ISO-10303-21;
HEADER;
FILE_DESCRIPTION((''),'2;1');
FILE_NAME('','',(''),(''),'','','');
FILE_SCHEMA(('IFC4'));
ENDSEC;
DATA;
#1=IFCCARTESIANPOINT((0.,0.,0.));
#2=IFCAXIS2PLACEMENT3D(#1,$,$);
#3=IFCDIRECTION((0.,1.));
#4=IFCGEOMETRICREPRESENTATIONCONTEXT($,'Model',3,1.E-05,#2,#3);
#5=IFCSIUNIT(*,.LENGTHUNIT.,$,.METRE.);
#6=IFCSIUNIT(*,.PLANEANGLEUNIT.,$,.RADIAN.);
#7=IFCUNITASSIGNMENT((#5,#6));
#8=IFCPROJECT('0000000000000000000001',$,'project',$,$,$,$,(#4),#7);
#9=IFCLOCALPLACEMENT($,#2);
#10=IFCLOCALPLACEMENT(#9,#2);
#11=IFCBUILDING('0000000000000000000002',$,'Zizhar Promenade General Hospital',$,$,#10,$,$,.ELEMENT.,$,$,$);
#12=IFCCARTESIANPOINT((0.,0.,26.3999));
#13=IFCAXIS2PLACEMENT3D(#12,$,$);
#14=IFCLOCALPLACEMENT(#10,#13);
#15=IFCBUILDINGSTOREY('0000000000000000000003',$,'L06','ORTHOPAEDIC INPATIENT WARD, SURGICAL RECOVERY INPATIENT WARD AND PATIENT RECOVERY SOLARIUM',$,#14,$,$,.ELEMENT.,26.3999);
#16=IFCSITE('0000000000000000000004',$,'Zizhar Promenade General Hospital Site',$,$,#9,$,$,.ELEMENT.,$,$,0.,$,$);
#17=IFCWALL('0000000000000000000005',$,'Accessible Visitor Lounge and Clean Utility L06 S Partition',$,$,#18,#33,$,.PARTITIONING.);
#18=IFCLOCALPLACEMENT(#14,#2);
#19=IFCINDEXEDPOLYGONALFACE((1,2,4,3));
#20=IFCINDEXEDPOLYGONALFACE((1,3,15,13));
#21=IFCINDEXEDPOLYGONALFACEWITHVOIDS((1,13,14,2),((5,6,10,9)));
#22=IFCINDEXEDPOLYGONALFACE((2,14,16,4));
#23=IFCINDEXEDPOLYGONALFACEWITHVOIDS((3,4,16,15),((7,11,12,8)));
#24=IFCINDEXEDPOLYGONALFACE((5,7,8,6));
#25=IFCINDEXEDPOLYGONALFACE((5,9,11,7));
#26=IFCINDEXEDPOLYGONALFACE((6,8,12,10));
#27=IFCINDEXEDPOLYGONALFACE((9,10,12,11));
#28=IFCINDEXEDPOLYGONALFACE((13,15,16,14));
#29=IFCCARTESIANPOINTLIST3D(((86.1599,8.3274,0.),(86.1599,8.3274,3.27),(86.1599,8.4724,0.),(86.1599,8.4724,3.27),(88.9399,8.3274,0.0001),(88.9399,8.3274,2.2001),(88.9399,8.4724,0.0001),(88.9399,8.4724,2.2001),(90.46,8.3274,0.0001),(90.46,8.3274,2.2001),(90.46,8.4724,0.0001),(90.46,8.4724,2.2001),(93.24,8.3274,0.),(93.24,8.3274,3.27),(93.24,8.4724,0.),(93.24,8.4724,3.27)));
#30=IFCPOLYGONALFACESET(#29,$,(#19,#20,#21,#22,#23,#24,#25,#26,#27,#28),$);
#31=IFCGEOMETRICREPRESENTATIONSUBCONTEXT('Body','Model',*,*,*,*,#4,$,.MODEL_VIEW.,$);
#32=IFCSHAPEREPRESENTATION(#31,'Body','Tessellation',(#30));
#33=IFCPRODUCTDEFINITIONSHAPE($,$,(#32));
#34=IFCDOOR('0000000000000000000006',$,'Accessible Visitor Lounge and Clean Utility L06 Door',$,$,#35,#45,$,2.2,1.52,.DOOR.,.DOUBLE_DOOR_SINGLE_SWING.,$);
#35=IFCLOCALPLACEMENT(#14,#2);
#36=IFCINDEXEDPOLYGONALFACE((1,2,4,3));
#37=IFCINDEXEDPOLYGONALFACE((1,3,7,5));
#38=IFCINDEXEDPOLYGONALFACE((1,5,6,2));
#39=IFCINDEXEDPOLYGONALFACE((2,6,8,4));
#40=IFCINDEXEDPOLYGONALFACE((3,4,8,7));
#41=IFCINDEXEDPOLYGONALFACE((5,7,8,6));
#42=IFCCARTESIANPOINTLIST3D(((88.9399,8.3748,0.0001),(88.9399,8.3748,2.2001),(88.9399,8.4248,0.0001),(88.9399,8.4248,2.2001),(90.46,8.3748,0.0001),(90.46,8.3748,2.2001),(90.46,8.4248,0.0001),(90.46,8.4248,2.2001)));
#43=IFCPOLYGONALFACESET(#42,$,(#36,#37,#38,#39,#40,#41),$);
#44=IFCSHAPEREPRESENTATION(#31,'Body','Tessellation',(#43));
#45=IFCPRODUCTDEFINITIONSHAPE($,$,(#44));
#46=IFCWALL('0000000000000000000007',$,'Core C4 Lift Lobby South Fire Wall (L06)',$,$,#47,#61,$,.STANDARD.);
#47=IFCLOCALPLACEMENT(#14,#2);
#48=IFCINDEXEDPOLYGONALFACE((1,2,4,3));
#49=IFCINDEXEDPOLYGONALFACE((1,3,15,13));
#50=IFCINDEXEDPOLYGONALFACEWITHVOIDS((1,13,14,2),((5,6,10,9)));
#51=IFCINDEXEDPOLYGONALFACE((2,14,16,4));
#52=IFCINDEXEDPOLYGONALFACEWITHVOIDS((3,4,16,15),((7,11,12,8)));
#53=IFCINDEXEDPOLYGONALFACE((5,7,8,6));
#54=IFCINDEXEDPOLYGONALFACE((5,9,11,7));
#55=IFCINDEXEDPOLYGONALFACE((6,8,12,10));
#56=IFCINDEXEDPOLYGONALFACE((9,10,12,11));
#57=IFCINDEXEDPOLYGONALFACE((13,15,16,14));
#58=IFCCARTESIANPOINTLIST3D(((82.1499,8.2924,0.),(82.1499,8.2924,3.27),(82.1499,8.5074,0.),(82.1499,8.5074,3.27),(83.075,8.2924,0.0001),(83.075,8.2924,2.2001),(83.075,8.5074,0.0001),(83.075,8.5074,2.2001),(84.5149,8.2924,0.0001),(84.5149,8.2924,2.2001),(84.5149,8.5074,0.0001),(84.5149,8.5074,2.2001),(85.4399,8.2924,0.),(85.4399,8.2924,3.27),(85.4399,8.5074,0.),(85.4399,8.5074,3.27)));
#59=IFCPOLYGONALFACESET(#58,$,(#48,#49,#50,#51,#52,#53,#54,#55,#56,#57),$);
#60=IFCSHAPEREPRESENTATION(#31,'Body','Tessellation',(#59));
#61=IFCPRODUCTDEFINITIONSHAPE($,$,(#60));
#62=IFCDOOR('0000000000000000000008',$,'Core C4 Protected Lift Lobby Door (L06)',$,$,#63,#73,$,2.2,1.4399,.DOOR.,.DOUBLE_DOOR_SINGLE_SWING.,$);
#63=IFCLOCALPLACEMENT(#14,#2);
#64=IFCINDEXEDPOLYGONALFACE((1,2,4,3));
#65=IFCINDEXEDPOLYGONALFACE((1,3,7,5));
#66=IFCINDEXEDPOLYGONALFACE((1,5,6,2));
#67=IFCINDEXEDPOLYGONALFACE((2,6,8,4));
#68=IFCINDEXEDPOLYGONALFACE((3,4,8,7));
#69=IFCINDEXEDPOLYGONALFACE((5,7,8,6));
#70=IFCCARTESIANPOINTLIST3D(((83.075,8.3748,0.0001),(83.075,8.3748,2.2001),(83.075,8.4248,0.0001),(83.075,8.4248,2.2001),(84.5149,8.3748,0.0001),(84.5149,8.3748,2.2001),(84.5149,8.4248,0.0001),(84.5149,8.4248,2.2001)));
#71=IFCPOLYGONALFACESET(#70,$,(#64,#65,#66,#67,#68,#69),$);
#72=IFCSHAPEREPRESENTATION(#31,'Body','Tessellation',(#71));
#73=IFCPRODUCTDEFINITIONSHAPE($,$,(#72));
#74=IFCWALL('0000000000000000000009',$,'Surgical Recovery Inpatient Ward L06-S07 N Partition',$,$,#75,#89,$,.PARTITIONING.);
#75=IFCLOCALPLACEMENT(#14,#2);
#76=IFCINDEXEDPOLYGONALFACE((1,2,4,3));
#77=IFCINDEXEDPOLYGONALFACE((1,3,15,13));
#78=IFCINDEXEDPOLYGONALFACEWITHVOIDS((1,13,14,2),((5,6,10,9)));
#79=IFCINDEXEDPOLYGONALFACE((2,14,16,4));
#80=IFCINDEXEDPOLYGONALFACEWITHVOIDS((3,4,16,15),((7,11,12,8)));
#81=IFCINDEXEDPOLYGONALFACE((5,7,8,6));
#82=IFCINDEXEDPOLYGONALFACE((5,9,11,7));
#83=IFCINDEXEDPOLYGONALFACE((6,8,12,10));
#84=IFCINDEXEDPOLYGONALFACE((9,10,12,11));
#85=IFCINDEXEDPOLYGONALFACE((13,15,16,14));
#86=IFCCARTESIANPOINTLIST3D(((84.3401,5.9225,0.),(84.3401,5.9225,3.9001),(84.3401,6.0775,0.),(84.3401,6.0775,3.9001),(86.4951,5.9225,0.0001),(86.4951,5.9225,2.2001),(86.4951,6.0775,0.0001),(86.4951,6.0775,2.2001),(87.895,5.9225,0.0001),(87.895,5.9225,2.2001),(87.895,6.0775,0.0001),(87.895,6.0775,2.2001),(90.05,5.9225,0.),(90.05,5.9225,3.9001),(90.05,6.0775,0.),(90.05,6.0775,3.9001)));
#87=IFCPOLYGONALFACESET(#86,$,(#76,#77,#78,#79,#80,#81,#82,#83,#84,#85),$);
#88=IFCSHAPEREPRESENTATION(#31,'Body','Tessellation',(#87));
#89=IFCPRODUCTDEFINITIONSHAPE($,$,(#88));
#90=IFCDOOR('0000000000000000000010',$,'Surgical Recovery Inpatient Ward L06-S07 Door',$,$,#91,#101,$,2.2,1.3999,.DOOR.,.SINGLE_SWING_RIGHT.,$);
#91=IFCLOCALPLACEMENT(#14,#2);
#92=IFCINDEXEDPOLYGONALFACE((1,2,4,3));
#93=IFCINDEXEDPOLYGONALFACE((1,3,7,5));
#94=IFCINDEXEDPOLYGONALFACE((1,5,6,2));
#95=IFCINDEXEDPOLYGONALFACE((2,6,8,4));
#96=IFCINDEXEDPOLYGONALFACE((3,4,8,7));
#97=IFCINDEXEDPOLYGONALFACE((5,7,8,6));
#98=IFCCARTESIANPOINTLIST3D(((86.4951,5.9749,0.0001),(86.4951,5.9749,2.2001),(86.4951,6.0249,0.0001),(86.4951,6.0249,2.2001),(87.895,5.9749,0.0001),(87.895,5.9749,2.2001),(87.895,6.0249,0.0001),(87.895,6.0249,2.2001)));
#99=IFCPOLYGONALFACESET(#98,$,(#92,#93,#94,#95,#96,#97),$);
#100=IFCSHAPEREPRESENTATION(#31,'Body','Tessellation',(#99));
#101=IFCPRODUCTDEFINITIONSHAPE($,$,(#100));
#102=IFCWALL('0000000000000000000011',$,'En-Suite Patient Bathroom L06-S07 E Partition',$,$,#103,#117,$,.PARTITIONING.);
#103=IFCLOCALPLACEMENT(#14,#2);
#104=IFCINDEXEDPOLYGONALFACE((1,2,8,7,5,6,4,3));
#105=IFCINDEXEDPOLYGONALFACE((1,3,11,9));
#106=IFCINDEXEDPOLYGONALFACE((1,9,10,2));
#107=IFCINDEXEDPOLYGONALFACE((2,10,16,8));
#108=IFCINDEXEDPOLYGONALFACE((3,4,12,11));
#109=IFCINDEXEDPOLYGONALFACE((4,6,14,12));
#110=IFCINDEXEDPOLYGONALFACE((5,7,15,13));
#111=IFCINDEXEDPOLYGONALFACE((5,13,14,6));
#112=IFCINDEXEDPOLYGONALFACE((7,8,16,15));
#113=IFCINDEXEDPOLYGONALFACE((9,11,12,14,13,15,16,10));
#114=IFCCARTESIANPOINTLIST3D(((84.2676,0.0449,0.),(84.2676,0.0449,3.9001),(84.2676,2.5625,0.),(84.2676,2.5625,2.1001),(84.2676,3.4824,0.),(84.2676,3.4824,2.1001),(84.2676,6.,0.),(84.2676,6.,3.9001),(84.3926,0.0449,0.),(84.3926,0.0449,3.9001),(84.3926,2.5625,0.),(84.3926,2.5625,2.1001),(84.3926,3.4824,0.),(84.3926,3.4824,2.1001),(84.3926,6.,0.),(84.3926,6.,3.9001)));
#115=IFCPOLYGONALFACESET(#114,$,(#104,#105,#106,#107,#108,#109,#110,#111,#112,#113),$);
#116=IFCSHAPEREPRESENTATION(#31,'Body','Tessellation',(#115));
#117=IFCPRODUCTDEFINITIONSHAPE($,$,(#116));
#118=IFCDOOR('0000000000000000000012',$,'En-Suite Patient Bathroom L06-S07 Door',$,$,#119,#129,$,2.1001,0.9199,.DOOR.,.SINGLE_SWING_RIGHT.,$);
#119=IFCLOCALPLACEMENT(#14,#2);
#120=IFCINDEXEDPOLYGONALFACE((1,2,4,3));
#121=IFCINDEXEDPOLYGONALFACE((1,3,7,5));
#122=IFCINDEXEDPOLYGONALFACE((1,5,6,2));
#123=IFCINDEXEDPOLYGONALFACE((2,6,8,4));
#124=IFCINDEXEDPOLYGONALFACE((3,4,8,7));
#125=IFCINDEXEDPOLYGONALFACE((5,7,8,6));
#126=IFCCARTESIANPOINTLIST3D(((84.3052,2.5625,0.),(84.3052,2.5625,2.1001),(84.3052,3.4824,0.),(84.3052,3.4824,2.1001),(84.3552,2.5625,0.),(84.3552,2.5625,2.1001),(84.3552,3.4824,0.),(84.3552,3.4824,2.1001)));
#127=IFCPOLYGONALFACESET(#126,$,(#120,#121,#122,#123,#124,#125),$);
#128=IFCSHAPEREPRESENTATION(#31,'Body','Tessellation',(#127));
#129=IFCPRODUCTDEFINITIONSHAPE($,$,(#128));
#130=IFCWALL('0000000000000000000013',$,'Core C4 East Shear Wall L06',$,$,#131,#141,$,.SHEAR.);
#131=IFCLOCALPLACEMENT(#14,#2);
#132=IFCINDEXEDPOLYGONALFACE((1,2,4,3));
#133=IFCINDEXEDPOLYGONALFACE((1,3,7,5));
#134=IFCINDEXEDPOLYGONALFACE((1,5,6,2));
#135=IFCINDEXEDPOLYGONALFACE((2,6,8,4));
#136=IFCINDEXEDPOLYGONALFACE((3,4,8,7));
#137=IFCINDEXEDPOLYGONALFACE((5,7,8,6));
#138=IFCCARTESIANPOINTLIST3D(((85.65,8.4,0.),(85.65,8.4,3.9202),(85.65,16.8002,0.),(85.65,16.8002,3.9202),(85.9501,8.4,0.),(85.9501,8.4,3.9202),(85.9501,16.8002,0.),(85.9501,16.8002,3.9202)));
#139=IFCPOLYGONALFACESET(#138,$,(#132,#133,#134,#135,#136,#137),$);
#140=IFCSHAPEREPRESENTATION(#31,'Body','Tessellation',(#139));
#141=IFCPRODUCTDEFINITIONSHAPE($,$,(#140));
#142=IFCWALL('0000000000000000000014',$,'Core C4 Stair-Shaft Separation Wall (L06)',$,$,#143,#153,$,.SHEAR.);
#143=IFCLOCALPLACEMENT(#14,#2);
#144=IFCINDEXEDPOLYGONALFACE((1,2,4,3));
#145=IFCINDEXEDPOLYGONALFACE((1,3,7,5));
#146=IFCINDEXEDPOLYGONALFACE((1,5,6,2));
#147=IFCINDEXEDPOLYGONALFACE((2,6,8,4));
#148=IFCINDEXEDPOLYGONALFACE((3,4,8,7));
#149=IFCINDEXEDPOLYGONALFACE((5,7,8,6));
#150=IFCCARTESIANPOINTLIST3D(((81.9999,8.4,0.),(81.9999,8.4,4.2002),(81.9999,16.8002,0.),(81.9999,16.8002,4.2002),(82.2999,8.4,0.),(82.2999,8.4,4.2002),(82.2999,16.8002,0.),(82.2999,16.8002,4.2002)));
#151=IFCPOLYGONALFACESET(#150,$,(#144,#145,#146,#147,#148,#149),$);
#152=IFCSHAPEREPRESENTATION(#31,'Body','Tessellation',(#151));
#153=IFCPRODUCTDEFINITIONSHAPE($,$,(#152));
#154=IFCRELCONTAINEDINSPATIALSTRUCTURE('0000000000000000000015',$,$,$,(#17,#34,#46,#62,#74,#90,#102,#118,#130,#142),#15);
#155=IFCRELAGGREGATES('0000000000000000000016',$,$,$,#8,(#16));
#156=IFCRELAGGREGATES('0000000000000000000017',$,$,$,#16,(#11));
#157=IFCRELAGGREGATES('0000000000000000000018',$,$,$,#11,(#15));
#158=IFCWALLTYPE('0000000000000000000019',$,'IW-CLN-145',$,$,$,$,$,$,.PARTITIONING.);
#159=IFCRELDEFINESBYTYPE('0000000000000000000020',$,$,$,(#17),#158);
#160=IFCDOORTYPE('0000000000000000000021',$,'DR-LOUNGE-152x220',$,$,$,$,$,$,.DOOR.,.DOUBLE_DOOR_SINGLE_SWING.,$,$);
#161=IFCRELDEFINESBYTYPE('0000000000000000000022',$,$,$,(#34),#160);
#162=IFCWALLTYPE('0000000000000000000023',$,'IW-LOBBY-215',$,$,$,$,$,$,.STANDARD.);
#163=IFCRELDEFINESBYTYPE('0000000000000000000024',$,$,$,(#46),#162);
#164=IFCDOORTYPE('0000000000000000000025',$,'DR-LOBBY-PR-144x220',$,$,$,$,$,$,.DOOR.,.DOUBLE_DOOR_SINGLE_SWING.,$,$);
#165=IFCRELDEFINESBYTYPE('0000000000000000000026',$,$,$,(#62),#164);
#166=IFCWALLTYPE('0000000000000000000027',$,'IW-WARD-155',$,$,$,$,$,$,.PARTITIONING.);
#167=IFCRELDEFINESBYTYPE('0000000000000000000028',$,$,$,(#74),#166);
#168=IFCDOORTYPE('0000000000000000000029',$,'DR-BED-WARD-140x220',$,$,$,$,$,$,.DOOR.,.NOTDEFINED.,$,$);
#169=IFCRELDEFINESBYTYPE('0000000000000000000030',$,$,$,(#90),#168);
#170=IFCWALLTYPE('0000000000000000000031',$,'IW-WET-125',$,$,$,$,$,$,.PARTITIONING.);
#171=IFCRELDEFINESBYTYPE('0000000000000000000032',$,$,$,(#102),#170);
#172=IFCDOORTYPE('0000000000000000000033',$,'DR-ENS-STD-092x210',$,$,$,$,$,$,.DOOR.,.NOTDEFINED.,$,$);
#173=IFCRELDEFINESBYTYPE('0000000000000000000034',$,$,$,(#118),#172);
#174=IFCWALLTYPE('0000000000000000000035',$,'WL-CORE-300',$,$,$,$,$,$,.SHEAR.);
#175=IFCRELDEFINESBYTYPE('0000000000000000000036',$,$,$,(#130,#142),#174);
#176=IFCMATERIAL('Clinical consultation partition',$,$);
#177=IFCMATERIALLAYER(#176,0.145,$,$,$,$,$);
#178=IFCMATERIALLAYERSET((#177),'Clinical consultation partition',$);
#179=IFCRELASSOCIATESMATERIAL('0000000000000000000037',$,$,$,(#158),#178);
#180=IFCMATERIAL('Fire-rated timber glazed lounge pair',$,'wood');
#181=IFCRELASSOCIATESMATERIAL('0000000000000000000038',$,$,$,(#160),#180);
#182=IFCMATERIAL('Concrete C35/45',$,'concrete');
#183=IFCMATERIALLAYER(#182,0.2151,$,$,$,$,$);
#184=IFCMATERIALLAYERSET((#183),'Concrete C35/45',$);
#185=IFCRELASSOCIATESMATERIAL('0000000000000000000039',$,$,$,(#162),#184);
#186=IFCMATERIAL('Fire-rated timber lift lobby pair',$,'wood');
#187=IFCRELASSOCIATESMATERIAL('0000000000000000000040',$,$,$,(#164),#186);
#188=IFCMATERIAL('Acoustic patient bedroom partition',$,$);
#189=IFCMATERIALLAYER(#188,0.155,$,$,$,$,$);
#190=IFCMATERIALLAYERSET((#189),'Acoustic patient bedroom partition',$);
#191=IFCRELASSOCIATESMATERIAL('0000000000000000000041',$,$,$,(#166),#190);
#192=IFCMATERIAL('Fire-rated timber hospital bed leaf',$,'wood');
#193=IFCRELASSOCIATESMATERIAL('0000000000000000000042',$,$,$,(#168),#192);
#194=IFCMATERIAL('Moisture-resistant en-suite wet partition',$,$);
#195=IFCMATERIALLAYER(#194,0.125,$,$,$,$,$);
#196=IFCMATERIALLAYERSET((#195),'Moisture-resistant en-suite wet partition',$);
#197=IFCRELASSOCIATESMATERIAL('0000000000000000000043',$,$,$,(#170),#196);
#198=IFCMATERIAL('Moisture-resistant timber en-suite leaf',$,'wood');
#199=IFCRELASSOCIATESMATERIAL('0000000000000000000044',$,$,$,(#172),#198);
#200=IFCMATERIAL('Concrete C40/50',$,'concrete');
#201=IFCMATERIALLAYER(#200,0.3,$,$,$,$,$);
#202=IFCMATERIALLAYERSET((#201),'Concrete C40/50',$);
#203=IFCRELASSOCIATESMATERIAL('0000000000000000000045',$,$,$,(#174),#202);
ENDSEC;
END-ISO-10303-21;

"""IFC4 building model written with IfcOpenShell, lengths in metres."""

from ifc_helpers import new_model, si_unit, direction, frame, frame_2d, origin, place, context, subcontext, project, spatial, rectangle, extrude, material, layer, layer_set, type_object, element, fill, save


model = new_model("IFC4")

# Units and contexts
model_context = context("Model", 3, precision=1e-05, world=origin(), true_north=direction((0.0, 1.0)))
body_context = subcontext(model_context, "Body", "Model", "MODEL_VIEW")
ifc_project = project(units=[si_unit("LENGTHUNIT", "METRE"), si_unit("PLANEANGLEUNIT", "RADIAN")], contexts=[model_context])

# Site, building, storey
site_placement = place(None, origin())
site = spatial("IfcSite", under=ifc_project, at=site_placement, Name="Zizhar Promenade General Hospital Site", CompositionType="ELEMENT", RefElevation=0.0)
building_placement = place(site_placement, origin())
building = spatial("IfcBuilding", under=site, at=building_placement, Name="Zizhar Promenade General Hospital", CompositionType="ELEMENT")
storey_placement = place(building_placement, frame((0.0, 0.0, 26.3999)))
storey = spatial("IfcBuildingStorey", under=building, at=storey_placement, Name="L06", Description="ORTHOPAEDIC INPATIENT WARD, SURGICAL RECOVERY INPATIENT WARD AND PATIENT RECOVERY SOLARIUM", CompositionType="ELEMENT", Elevation=26.3999)

# Walls, openings, doors
ifc_material_1 = material(Name="Clinical consultation partition")
ifc_layer_1 = layer(ifc_material_1, 0.145)
ifc_layer_set_1 = layer_set([ifc_layer_1], Name="Clinical consultation partition")
wall_type_1 = type_object("IfcWallType", Name="IW-CLN-145", PredefinedType="PARTITIONING", material=ifc_layer_set_1)
wall_1_placement = place(storey_placement, frame((86.1599, 8.3999, 0.0), z_axis=(0.0, 0.0, 1.0), x_axis=(1.0, 0.0, 0.0)))
wall_1 = element("IfcWall", 1, at=wall_1_placement, inside=storey, type_object=wall_type_1, Name="Accessible Visitor Lounge and Clean Utility L06 S Partition", PredefinedType="PARTITIONING", context=body_context, shape_type="SweptSolid", body=[
    extrude(rectangle(XDim=7.0801, YDim=0.145, at=frame_2d((3.54, 0.0))), origin(), (0.0, 0.0, 1.0), 3.27),
])
opening_1_placement = place(wall_1_placement, frame((2.78, 0.0, 0.0)))
opening_1 = element("IfcOpeningElement", 2, at=opening_1_placement, cuts=wall_1, PredefinedType="OPENING", context=body_context, shape_type="SweptSolid", body=[
    extrude(rectangle(XDim=1.52, YDim=2.2, at=frame_2d((0.76, 1.1001))), frame((0.0, 0.0825, 0.0), z_axis=(0.0, -1.0, 0.0), x_axis=(1.0, 0.0, 0.0)), (0.0, 0.0, 1.0), 0.165),
])
ifc_material_2 = material(Name="Fire-rated timber glazed lounge pair", Category="wood")
door_type_1 = type_object("IfcDoorType", Name="DR-LOUNGE-152x220", OperationType="DOUBLE_DOOR_SINGLE_SWING", PredefinedType="DOOR", material=ifc_material_2)
door_1_placement = place(opening_1_placement, origin())
door_1 = element("IfcDoor", 3, at=door_1_placement, inside=storey, type_object=door_type_1, Name="Accessible Visitor Lounge and Clean Utility L06 Door", OperationType="DOUBLE_DOOR_SINGLE_SWING", OverallHeight=2.2, OverallWidth=1.52, PredefinedType="DOOR", context=body_context, shape_type="SweptSolid", body=[
    extrude(rectangle(XDim=1.52, YDim=2.2, at=frame_2d((0.76, 1.1001))), frame((0.0, 0.0249, 0.0), z_axis=(0.0, -1.0, 0.0), x_axis=(1.0, 0.0, 0.0)), (0.0, 0.0, 1.0), 0.05),
])
fill(opening_1, door_1)
ifc_material_3 = material(Name="Concrete C35/45", Category="concrete")
ifc_layer_2 = layer(ifc_material_3, 0.2151)
ifc_layer_set_2 = layer_set([ifc_layer_2], Name="Concrete C35/45")
wall_type_2 = type_object("IfcWallType", Name="IW-LOBBY-215", PredefinedType="STANDARD", material=ifc_layer_set_2)
wall_2_placement = place(storey_placement, frame((82.1499, 8.3999, 0.0), z_axis=(0.0, 0.0, 1.0), x_axis=(1.0, 0.0, 0.0)))
wall_2 = element("IfcWall", 4, at=wall_2_placement, inside=storey, type_object=wall_type_2, Name="Core C4 Lift Lobby South Fire Wall (L06)", PredefinedType="STANDARD", context=body_context, shape_type="SweptSolid", body=[
    extrude(rectangle(XDim=3.29, YDim=0.2151, at=frame_2d((1.645, 0.0))), origin(), (0.0, 0.0, 1.0), 3.27),
])
opening_2_placement = place(wall_2_placement, frame((0.925, 0.0, 0.0)))
opening_2 = element("IfcOpeningElement", 5, at=opening_2_placement, cuts=wall_2, PredefinedType="OPENING", context=body_context, shape_type="SweptSolid", body=[
    extrude(rectangle(XDim=1.4399, YDim=2.2, at=frame_2d((0.72, 1.1001))), frame((0.0, 0.1177, 0.0), z_axis=(0.0, -1.0, 0.0), x_axis=(1.0, 0.0, 0.0)), (0.0, 0.0, 1.0), 0.2351),
])
ifc_material_4 = material(Name="Fire-rated timber lift lobby pair", Category="wood")
door_type_2 = type_object("IfcDoorType", Name="DR-LOBBY-PR-144x220", OperationType="DOUBLE_DOOR_SINGLE_SWING", PredefinedType="DOOR", material=ifc_material_4)
door_2_placement = place(opening_2_placement, origin())
door_2 = element("IfcDoor", 6, at=door_2_placement, inside=storey, type_object=door_type_2, Name="Core C4 Protected Lift Lobby Door (L06)", OperationType="DOUBLE_DOOR_SINGLE_SWING", OverallHeight=2.2, OverallWidth=1.4399, PredefinedType="DOOR", context=body_context, shape_type="SweptSolid", body=[
    extrude(rectangle(XDim=1.4399, YDim=2.2, at=frame_2d((0.72, 1.1001))), frame((0.0, 0.0249, 0.0), z_axis=(0.0, -1.0, 0.0), x_axis=(1.0, 0.0, 0.0)), (0.0, 0.0, 1.0), 0.05),
])
fill(opening_2, door_2)
ifc_material_5 = material(Name="Acoustic patient bedroom partition")
ifc_layer_3 = layer(ifc_material_5, 0.155)
ifc_layer_set_3 = layer_set([ifc_layer_3], Name="Acoustic patient bedroom partition")
wall_type_3 = type_object("IfcWallType", Name="IW-WARD-155", PredefinedType="PARTITIONING", material=ifc_layer_set_3)
wall_3_placement = place(storey_placement, frame((84.3401, 6.0, 0.0), z_axis=(0.0, 0.0, 1.0), x_axis=(1.0, 0.0, 0.0)))
wall_3 = element("IfcWall", 7, at=wall_3_placement, inside=storey, type_object=wall_type_3, Name="Surgical Recovery Inpatient Ward L06-S07 N Partition", PredefinedType="PARTITIONING", context=body_context, shape_type="SweptSolid", body=[
    extrude(rectangle(XDim=5.71, YDim=0.155, at=frame_2d((2.855, 0.0))), origin(), (0.0, 0.0, 1.0), 3.9001),
])
opening_3_placement = place(wall_3_placement, frame((2.155, 0.0, 0.0)))
opening_3 = element("IfcOpeningElement", 8, at=opening_3_placement, cuts=wall_3, PredefinedType="OPENING", context=body_context, shape_type="SweptSolid", body=[
    extrude(rectangle(XDim=1.3999, YDim=2.2, at=frame_2d((0.7, 1.1001))), frame((0.0, 0.0874, 0.0), z_axis=(0.0, -1.0, 0.0), x_axis=(1.0, 0.0, 0.0)), (0.0, 0.0, 1.0), 0.175),
])
ifc_material_6 = material(Name="Fire-rated timber hospital bed leaf", Category="wood")
door_type_3 = type_object("IfcDoorType", Name="DR-BED-WARD-140x220", OperationType="NOTDEFINED", PredefinedType="DOOR", material=ifc_material_6)
door_3_placement = place(opening_3_placement, origin())
door_3 = element("IfcDoor", 9, at=door_3_placement, inside=storey, type_object=door_type_3, Name="Surgical Recovery Inpatient Ward L06-S07 Door", OperationType="SINGLE_SWING_RIGHT", OverallHeight=2.2, OverallWidth=1.3999, PredefinedType="DOOR", context=body_context, shape_type="SweptSolid", body=[
    extrude(rectangle(XDim=1.3999, YDim=2.2, at=frame_2d((0.7, 1.1001))), frame((0.0, 0.0249, 0.0), z_axis=(0.0, -1.0, 0.0), x_axis=(1.0, 0.0, 0.0)), (0.0, 0.0, 1.0), 0.05),
])
fill(opening_3, door_3)
ifc_material_7 = material(Name="Moisture-resistant en-suite wet partition")
ifc_layer_4 = layer(ifc_material_7, 0.125)
ifc_layer_set_4 = layer_set([ifc_layer_4], Name="Moisture-resistant en-suite wet partition")
wall_type_4 = type_object("IfcWallType", Name="IW-WET-125", PredefinedType="PARTITIONING", material=ifc_layer_set_4)
wall_4_placement = place(storey_placement, frame((84.3301, 0.0449, 0.0), z_axis=(0.0, 0.0, 1.0), x_axis=(0.0, 1.0, 0.0)))
wall_4 = element("IfcWall", 10, at=wall_4_placement, inside=storey, type_object=wall_type_4, Name="En-Suite Patient Bathroom L06-S07 E Partition", PredefinedType="PARTITIONING", context=body_context, shape_type="SweptSolid", body=[
    extrude(rectangle(XDim=5.9551, YDim=0.125, at=frame_2d((2.9775, 0.0))), origin(), (0.0, 0.0, 1.0), 3.9001),
])
opening_4_placement = place(wall_4_placement, frame((2.5176, 0.0, 0.0)))
opening_4 = element("IfcOpeningElement", 11, at=opening_4_placement, cuts=wall_4, PredefinedType="OPENING", context=body_context, shape_type="SweptSolid", body=[
    extrude(rectangle(XDim=0.9199, YDim=2.1001, at=frame_2d((0.46, 1.05))), frame((0.0, 0.0725, 0.0), z_axis=(0.0, -1.0, 0.0), x_axis=(1.0, 0.0, 0.0)), (0.0, 0.0, 1.0), 0.145),
])
ifc_material_8 = material(Name="Moisture-resistant timber en-suite leaf", Category="wood")
door_type_4 = type_object("IfcDoorType", Name="DR-ENS-STD-092x210", OperationType="NOTDEFINED", PredefinedType="DOOR", material=ifc_material_8)
door_4_placement = place(opening_4_placement, origin())
door_4 = element("IfcDoor", 12, at=door_4_placement, inside=storey, type_object=door_type_4, Name="En-Suite Patient Bathroom L06-S07 Door", OperationType="SINGLE_SWING_RIGHT", OverallHeight=2.1001, OverallWidth=0.9199, PredefinedType="DOOR", context=body_context, shape_type="SweptSolid", body=[
    extrude(rectangle(XDim=0.9199, YDim=2.1001, at=frame_2d((0.46, 1.05))), frame((0.0, 0.0249, 0.0), z_axis=(0.0, -1.0, 0.0), x_axis=(1.0, 0.0, 0.0)), (0.0, 0.0, 1.0), 0.05),
])
fill(opening_4, door_4)

# Walls
ifc_material_9 = material(Name="Concrete C40/50", Category="concrete")
ifc_layer_5 = layer(ifc_material_9, 0.3)
ifc_layer_set_5 = layer_set([ifc_layer_5], Name="Concrete C40/50")
wall_type_5 = type_object("IfcWallType", Name="WL-CORE-300", PredefinedType="SHEAR", material=ifc_layer_set_5)
wall_5_placement = place(storey_placement, frame((85.8, 8.3999, 0.0), z_axis=(0.0, 0.0, 1.0), x_axis=(0.0, 1.0, 0.0)))
element("IfcWall", 13, at=wall_5_placement, inside=storey, type_object=wall_type_5, Name="Core C4 East Shear Wall L06", PredefinedType="SHEAR", context=body_context, shape_type="SweptSolid", body=[
    extrude(rectangle(XDim=8.4001, YDim=0.3, at=frame_2d((4.2002, 0.0))), origin(), (0.0, 0.0, 1.0), 3.9202),
])
wall_6_placement = place(storey_placement, frame((82.1499, 8.3999, 0.0), z_axis=(0.0, 0.0, 1.0), x_axis=(0.0, 1.0, 0.0)))
element("IfcWall", 14, at=wall_6_placement, inside=storey, type_object=wall_type_5, Name="Core C4 Stair-Shaft Separation Wall (L06)", PredefinedType="SHEAR", context=body_context, shape_type="SweptSolid", body=[
    extrude(rectangle(XDim=8.4001, YDim=0.3, at=frame_2d((4.2002, 0.0))), origin(), (0.0, 0.0, 1.0), 4.2002),
])

save(model, "model.ifc")
